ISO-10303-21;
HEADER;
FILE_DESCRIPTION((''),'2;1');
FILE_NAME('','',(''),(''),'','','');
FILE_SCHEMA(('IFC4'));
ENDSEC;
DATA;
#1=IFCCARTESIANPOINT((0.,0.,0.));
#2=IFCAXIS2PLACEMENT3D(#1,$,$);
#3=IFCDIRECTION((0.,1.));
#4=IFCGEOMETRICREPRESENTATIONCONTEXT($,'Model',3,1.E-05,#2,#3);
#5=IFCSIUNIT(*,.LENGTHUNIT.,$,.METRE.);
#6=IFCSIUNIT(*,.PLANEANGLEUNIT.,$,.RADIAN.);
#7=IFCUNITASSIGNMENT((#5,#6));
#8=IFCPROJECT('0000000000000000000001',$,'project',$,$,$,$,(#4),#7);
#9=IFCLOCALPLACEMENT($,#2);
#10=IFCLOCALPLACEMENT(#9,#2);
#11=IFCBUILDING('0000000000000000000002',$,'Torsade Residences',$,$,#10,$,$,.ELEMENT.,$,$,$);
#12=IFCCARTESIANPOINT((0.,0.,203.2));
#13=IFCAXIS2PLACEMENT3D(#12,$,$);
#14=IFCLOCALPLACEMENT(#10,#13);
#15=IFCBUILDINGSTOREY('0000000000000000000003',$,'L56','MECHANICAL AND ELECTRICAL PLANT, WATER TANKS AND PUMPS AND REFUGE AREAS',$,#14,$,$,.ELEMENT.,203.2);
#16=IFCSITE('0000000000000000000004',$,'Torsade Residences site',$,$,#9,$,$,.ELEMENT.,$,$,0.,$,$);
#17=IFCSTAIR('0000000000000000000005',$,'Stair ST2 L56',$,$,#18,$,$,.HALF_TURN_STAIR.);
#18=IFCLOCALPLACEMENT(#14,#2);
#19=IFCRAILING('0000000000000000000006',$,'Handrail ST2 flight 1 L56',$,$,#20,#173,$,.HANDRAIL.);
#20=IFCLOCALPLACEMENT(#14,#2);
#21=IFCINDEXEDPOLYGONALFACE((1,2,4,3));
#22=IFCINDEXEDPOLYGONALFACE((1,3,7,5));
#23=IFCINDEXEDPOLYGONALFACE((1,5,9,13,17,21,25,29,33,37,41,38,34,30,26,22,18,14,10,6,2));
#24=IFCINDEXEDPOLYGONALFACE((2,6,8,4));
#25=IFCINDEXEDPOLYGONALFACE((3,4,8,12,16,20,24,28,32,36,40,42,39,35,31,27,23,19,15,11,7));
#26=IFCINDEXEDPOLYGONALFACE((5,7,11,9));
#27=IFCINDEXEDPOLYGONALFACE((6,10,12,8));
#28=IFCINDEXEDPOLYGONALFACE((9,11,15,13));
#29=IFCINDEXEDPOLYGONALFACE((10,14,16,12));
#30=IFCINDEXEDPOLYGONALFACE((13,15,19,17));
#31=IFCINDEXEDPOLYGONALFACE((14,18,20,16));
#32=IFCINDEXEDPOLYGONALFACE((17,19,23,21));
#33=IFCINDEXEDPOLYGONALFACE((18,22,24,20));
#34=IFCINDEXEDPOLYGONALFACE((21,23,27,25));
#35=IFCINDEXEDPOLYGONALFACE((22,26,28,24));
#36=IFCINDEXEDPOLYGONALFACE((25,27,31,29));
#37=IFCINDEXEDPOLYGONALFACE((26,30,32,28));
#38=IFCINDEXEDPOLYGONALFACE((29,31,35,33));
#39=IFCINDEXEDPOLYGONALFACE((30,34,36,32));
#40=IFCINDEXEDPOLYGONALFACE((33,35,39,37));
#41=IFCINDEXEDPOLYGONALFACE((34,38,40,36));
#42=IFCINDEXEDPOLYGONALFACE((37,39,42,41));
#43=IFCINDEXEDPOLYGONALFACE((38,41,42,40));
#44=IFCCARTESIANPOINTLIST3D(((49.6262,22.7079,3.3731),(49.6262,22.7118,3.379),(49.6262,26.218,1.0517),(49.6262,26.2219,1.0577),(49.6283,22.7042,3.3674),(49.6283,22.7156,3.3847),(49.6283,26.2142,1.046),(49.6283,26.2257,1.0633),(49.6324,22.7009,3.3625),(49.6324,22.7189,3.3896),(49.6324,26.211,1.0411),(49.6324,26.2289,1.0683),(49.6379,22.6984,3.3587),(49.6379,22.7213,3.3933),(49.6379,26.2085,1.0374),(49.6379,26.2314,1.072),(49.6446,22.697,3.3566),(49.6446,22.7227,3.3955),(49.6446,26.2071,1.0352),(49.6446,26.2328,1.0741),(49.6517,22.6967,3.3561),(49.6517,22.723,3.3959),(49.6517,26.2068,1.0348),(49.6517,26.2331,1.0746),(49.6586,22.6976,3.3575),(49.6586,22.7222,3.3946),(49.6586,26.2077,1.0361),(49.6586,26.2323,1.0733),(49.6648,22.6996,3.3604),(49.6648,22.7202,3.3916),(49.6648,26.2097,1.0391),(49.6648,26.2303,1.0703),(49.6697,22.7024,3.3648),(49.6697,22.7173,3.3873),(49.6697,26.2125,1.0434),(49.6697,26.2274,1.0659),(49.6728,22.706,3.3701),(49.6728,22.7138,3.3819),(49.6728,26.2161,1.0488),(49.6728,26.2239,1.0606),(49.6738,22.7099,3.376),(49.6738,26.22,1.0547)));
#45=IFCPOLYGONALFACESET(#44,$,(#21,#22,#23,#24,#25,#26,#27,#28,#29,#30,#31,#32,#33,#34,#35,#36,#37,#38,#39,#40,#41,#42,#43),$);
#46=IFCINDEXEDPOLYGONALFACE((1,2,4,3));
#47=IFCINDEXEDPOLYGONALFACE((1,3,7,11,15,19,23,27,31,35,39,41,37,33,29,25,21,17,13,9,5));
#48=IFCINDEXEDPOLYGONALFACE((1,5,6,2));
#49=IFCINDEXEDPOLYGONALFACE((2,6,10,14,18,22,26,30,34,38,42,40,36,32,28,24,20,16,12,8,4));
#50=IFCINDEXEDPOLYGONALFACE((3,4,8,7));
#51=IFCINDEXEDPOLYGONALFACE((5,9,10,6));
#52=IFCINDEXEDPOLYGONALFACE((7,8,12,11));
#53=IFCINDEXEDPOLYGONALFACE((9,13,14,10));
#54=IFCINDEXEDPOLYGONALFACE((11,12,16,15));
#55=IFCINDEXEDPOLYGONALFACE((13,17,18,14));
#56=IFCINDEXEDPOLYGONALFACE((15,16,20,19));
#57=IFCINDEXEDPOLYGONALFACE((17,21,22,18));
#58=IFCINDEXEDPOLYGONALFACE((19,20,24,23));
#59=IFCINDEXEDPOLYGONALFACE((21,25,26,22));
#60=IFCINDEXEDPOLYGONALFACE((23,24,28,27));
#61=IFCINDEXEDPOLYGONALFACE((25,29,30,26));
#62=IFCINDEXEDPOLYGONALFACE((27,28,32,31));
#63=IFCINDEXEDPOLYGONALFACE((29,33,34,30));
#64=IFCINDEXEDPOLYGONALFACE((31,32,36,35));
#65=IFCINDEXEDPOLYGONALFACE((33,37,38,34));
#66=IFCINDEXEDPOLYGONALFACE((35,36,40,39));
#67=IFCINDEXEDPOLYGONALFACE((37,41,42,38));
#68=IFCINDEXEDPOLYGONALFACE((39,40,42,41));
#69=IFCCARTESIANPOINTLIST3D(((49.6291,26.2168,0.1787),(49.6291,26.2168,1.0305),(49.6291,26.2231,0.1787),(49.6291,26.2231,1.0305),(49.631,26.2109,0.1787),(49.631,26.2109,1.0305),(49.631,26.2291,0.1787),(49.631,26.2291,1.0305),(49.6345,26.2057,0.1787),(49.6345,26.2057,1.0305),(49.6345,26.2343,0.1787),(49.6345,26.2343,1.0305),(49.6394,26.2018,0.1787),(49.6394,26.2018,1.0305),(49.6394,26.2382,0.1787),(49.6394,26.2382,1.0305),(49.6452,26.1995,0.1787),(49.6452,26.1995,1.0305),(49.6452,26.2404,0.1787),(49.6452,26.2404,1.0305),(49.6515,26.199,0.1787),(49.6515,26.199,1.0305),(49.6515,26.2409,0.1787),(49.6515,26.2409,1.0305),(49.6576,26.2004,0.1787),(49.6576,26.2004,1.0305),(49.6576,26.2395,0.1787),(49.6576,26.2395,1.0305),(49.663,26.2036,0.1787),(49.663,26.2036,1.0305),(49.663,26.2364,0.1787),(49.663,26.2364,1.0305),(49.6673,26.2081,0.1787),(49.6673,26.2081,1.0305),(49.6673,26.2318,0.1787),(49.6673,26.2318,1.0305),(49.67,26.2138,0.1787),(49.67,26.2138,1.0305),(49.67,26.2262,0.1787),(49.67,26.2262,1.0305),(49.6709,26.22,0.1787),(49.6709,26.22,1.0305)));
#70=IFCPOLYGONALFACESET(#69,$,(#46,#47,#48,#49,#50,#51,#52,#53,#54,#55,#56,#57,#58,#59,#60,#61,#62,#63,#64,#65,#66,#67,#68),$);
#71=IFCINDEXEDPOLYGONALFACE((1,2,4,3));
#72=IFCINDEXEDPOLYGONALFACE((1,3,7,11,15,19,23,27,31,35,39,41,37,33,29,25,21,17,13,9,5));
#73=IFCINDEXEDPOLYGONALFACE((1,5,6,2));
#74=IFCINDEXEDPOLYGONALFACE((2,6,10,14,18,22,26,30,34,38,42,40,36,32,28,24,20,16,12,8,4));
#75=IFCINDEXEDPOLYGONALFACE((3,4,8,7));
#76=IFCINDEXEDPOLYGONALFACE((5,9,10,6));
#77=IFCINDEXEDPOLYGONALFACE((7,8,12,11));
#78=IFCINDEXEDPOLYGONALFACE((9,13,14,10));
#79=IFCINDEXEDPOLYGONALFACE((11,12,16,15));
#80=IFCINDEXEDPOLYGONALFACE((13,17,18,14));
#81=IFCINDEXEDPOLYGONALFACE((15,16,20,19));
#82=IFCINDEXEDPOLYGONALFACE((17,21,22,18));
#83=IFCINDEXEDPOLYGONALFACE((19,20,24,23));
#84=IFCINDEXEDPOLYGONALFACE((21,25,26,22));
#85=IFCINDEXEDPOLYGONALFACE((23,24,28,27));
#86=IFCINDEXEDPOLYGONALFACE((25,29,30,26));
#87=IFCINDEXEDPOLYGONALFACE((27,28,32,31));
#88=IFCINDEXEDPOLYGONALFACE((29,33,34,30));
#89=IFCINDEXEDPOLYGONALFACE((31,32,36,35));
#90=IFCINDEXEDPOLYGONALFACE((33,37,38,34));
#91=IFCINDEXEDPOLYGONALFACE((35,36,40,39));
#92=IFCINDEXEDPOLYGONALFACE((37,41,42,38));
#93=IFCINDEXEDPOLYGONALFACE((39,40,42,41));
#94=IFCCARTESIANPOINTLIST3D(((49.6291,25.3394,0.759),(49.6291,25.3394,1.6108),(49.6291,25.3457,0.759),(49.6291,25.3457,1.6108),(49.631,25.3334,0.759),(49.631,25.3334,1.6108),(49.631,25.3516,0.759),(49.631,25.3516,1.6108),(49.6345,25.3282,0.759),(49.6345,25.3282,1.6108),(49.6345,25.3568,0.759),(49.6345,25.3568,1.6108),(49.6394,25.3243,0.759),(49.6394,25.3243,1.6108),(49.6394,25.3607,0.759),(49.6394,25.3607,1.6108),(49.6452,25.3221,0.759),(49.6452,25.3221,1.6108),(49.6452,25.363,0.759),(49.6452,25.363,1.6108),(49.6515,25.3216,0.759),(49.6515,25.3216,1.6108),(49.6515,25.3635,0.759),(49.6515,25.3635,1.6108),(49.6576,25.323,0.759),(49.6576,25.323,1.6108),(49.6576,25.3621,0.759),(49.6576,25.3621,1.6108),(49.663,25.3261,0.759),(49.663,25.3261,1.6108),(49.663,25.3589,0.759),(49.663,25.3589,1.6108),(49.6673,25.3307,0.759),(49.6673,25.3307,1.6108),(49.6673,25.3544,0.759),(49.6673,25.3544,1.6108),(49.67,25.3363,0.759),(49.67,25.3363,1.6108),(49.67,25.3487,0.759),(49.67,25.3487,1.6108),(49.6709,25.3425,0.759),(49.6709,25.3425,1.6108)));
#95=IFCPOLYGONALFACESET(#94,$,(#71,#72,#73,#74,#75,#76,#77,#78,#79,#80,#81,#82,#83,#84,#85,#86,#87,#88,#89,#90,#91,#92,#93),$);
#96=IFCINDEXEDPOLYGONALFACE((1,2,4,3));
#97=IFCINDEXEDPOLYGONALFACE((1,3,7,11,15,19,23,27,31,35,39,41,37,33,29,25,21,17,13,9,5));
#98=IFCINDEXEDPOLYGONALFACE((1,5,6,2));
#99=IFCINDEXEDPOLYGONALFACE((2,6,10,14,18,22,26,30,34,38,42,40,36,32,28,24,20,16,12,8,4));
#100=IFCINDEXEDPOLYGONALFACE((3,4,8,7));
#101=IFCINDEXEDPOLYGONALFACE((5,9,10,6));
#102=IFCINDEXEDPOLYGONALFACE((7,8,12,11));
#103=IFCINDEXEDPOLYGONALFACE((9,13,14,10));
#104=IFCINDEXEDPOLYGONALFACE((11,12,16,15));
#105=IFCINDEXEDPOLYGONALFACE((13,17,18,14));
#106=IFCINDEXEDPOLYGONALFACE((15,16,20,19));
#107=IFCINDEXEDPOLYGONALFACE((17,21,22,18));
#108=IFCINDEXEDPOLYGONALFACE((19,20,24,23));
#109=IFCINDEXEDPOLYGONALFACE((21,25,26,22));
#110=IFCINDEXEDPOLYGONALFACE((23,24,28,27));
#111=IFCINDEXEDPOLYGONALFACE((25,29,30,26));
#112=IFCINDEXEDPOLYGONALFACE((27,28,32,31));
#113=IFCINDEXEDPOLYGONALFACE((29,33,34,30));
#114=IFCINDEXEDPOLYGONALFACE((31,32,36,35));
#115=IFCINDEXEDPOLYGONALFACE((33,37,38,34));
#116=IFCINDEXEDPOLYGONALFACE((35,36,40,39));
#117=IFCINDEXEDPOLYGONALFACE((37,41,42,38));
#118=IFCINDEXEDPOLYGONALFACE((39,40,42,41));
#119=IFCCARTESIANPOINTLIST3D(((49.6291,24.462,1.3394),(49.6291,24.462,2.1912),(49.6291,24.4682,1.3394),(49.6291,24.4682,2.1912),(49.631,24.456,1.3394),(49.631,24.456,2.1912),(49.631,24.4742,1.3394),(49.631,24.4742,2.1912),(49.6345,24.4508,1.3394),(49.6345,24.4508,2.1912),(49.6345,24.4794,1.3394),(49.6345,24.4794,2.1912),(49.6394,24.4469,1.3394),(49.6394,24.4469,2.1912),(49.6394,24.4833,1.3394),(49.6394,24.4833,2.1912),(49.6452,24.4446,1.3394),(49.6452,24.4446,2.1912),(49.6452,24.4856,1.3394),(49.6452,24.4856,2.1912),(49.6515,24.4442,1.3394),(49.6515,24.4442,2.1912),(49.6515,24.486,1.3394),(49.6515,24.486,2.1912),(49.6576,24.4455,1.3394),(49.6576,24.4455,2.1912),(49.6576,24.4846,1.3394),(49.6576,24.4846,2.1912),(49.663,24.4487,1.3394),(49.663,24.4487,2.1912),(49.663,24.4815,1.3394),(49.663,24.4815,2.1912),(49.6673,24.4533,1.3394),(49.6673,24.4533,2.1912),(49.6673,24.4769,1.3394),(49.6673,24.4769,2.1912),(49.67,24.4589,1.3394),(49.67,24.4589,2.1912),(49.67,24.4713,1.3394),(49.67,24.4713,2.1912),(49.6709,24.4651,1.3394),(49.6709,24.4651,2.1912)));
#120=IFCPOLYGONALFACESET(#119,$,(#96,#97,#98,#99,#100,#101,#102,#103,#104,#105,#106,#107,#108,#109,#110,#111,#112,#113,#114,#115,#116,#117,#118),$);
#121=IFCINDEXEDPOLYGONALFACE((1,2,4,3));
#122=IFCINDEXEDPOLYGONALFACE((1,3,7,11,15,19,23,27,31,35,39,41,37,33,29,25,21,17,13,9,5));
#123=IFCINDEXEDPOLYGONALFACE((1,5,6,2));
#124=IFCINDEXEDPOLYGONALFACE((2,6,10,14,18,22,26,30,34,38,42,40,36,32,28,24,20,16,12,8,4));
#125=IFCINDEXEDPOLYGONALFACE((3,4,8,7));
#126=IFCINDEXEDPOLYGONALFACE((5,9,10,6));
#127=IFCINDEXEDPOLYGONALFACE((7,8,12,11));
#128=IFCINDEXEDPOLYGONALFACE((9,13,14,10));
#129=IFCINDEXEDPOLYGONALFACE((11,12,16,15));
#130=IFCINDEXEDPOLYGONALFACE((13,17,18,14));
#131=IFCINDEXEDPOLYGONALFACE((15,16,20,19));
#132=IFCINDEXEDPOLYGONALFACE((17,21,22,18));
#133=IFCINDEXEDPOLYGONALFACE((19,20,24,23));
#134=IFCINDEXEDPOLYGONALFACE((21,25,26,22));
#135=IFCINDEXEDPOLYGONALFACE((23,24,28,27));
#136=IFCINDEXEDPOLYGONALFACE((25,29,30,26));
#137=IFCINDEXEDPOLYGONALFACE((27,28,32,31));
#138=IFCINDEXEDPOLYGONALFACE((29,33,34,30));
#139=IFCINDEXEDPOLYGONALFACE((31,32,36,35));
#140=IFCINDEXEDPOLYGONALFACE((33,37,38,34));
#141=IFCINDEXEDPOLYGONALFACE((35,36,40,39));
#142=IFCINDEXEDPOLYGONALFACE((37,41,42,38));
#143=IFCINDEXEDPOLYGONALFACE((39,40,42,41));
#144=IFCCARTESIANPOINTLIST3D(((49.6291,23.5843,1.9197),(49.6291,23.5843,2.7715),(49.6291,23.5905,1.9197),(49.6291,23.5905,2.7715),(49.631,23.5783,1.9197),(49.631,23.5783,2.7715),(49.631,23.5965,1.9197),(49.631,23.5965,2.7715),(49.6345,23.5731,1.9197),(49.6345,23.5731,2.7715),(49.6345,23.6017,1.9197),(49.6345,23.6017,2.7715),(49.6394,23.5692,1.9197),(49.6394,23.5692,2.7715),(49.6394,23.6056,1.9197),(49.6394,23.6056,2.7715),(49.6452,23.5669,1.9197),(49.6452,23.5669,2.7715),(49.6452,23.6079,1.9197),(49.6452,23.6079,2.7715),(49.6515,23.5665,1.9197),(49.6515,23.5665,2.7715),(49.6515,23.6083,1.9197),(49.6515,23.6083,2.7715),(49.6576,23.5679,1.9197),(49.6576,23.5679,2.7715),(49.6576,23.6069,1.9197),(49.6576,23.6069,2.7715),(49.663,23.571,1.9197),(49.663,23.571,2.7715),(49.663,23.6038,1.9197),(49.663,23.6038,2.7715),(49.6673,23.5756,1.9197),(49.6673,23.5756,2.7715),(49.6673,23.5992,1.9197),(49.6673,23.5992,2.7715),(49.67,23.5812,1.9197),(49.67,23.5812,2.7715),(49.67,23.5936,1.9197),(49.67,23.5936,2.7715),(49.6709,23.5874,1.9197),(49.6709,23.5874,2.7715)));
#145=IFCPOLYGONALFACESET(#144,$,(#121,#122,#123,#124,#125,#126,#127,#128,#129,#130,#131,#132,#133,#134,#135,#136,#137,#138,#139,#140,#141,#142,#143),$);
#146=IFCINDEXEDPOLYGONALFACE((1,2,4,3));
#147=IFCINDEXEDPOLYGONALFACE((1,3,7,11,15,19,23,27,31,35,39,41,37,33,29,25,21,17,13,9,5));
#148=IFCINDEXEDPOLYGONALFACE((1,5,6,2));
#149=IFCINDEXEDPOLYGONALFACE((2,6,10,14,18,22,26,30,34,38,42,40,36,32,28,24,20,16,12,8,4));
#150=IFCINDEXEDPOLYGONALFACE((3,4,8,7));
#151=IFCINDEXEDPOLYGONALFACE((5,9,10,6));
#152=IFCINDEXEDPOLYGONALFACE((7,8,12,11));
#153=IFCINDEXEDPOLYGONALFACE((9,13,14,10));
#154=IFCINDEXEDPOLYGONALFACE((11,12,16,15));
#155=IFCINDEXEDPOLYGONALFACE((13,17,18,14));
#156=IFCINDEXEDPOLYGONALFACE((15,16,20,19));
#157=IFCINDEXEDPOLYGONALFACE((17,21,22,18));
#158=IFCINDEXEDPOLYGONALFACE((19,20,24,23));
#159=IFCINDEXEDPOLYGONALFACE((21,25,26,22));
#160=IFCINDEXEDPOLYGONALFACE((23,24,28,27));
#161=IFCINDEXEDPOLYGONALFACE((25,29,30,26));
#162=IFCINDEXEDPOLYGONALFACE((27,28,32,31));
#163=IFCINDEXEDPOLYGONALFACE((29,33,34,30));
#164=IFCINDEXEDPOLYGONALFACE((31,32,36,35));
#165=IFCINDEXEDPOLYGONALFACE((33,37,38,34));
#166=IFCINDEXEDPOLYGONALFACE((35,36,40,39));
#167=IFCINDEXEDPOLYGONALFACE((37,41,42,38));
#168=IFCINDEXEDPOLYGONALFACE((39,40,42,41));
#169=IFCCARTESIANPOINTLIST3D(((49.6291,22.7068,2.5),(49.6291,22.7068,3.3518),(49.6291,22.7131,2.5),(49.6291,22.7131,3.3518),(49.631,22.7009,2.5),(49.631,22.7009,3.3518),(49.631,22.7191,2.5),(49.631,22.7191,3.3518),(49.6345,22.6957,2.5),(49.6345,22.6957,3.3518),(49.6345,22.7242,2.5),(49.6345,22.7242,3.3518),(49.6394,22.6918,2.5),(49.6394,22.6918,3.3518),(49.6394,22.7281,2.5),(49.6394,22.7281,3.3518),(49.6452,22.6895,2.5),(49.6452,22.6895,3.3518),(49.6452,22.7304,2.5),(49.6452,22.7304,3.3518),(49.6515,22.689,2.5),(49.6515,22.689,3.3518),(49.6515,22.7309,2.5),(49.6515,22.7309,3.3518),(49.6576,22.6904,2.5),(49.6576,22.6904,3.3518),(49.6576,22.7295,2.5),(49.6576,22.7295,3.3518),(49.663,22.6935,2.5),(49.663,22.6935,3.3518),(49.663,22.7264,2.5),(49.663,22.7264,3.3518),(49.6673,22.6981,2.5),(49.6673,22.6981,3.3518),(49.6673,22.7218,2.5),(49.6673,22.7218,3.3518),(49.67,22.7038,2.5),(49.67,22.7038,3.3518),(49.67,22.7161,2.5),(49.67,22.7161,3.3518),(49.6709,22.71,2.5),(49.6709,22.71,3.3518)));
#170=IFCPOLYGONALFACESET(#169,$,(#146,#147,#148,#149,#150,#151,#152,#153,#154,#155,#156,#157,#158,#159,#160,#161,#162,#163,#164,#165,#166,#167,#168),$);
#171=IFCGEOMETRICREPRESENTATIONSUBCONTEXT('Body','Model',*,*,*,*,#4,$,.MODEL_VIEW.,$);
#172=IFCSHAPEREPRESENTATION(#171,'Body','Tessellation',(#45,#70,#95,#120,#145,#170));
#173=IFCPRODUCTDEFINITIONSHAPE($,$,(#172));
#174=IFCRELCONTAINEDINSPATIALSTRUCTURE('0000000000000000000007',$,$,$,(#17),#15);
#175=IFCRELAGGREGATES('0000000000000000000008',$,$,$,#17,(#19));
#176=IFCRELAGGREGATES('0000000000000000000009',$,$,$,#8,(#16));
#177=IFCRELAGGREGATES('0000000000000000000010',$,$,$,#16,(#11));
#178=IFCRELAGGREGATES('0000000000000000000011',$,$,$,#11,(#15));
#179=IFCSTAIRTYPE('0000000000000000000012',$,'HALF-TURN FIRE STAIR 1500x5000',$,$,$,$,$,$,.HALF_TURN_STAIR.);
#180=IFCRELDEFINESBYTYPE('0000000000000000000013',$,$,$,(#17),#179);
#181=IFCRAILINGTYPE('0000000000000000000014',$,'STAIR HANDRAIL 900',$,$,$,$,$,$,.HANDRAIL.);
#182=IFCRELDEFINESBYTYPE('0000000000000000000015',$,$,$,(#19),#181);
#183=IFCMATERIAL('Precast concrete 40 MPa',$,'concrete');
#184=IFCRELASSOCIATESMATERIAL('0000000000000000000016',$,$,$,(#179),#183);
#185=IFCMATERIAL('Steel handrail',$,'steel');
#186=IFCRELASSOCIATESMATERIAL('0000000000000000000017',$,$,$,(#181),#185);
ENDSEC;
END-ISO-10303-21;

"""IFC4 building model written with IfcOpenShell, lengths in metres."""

from ifc_helpers import new_model, si_unit, direction, frame, origin, origin_2d, place, context, subcontext, project, spatial, circle, extrude, material, type_object, element, aggregate, save


model = new_model("IFC4")

# Units and contexts
model_context = context("Model", 3, precision=1e-05, world=origin(), true_north=direction((0.0, 1.0)))
body_context = subcontext(model_context, "Body", "Model", "MODEL_VIEW")
ifc_project = project(units=[si_unit("LENGTHUNIT", "METRE"), si_unit("PLANEANGLEUNIT", "RADIAN")], contexts=[model_context])

# Site, building, storey
site_placement = place(None, origin())
site = spatial("IfcSite", under=ifc_project, at=site_placement, Name="Torsade Residences site", CompositionType="ELEMENT", RefElevation=0.0)
building_placement = place(site_placement, origin())
building = spatial("IfcBuilding", under=site, at=building_placement, Name="Torsade Residences", CompositionType="ELEMENT")
storey_placement = place(building_placement, frame((0.0, 0.0, 203.2)))
storey = spatial("IfcBuildingStorey", under=building, at=storey_placement, Name="L56", Description="MECHANICAL AND ELECTRICAL PLANT, WATER TANKS AND PUMPS AND REFUGE AREAS", CompositionType="ELEMENT", Elevation=203.2)

# Stair, railing
ifc_material_1 = material(Name="Precast concrete 40 MPa", Category="concrete")
stair_type = type_object("IfcStairType", Name="HALF-TURN FIRE STAIR 1500x5000", PredefinedType="HALF_TURN_STAIR", material=ifc_material_1)
stair_placement = place(storey_placement, origin())
stair = element("IfcStair", 1, at=stair_placement, inside=storey, type_object=stair_type, Name="Stair ST2 L56", PredefinedType="HALF_TURN_STAIR")
ifc_material_2 = material(Name="Steel handrail", Category="steel")
railing_type = type_object("IfcRailingType", Name="STAIR HANDRAIL 900", PredefinedType="HANDRAIL", material=ifc_material_2)
railing_1_placement = place(storey_placement, frame((49.6499, 26.22, 0.1787)))
railing_1 = element("IfcRailing", 2, at=railing_1_placement, type_object=railing_type, Name="Handrail ST2 flight 1 L56", PredefinedType="HANDRAIL", context=body_context, shape_type="SweptSolid", body=[
    extrude(circle(Radius=0.0239, at=origin_2d()), frame((0.0, 0.0, 0.876), z_axis=(0.0, -0.834097, 0.551617), x_axis=(1.0, 0.0, 0.0)), (0.0, 0.0, 1.0), 4.2083),
    extrude(circle(Radius=0.021, at=origin_2d()), origin(), (0.0, 0.0, 1.0), 0.8518),
    extrude(circle(Radius=0.021, at=origin_2d()), frame((0.0, -0.8774, 0.5803)), (0.0, 0.0, 1.0), 0.8518),
    extrude(circle(Radius=0.021, at=origin_2d()), frame((0.0, -1.7549, 1.1606)), (0.0, 0.0, 1.0), 0.8518),
    extrude(circle(Radius=0.021, at=origin_2d()), frame((0.0, -2.6326, 1.741)), (0.0, 0.0, 1.0), 0.8518),
    extrude(circle(Radius=0.021, at=origin_2d()), frame((0.0, -3.51, 2.3213)), (0.0, 0.0, 1.0), 0.8518),
])
aggregate(stair, [railing_1])

save(model, "model.ifc")
